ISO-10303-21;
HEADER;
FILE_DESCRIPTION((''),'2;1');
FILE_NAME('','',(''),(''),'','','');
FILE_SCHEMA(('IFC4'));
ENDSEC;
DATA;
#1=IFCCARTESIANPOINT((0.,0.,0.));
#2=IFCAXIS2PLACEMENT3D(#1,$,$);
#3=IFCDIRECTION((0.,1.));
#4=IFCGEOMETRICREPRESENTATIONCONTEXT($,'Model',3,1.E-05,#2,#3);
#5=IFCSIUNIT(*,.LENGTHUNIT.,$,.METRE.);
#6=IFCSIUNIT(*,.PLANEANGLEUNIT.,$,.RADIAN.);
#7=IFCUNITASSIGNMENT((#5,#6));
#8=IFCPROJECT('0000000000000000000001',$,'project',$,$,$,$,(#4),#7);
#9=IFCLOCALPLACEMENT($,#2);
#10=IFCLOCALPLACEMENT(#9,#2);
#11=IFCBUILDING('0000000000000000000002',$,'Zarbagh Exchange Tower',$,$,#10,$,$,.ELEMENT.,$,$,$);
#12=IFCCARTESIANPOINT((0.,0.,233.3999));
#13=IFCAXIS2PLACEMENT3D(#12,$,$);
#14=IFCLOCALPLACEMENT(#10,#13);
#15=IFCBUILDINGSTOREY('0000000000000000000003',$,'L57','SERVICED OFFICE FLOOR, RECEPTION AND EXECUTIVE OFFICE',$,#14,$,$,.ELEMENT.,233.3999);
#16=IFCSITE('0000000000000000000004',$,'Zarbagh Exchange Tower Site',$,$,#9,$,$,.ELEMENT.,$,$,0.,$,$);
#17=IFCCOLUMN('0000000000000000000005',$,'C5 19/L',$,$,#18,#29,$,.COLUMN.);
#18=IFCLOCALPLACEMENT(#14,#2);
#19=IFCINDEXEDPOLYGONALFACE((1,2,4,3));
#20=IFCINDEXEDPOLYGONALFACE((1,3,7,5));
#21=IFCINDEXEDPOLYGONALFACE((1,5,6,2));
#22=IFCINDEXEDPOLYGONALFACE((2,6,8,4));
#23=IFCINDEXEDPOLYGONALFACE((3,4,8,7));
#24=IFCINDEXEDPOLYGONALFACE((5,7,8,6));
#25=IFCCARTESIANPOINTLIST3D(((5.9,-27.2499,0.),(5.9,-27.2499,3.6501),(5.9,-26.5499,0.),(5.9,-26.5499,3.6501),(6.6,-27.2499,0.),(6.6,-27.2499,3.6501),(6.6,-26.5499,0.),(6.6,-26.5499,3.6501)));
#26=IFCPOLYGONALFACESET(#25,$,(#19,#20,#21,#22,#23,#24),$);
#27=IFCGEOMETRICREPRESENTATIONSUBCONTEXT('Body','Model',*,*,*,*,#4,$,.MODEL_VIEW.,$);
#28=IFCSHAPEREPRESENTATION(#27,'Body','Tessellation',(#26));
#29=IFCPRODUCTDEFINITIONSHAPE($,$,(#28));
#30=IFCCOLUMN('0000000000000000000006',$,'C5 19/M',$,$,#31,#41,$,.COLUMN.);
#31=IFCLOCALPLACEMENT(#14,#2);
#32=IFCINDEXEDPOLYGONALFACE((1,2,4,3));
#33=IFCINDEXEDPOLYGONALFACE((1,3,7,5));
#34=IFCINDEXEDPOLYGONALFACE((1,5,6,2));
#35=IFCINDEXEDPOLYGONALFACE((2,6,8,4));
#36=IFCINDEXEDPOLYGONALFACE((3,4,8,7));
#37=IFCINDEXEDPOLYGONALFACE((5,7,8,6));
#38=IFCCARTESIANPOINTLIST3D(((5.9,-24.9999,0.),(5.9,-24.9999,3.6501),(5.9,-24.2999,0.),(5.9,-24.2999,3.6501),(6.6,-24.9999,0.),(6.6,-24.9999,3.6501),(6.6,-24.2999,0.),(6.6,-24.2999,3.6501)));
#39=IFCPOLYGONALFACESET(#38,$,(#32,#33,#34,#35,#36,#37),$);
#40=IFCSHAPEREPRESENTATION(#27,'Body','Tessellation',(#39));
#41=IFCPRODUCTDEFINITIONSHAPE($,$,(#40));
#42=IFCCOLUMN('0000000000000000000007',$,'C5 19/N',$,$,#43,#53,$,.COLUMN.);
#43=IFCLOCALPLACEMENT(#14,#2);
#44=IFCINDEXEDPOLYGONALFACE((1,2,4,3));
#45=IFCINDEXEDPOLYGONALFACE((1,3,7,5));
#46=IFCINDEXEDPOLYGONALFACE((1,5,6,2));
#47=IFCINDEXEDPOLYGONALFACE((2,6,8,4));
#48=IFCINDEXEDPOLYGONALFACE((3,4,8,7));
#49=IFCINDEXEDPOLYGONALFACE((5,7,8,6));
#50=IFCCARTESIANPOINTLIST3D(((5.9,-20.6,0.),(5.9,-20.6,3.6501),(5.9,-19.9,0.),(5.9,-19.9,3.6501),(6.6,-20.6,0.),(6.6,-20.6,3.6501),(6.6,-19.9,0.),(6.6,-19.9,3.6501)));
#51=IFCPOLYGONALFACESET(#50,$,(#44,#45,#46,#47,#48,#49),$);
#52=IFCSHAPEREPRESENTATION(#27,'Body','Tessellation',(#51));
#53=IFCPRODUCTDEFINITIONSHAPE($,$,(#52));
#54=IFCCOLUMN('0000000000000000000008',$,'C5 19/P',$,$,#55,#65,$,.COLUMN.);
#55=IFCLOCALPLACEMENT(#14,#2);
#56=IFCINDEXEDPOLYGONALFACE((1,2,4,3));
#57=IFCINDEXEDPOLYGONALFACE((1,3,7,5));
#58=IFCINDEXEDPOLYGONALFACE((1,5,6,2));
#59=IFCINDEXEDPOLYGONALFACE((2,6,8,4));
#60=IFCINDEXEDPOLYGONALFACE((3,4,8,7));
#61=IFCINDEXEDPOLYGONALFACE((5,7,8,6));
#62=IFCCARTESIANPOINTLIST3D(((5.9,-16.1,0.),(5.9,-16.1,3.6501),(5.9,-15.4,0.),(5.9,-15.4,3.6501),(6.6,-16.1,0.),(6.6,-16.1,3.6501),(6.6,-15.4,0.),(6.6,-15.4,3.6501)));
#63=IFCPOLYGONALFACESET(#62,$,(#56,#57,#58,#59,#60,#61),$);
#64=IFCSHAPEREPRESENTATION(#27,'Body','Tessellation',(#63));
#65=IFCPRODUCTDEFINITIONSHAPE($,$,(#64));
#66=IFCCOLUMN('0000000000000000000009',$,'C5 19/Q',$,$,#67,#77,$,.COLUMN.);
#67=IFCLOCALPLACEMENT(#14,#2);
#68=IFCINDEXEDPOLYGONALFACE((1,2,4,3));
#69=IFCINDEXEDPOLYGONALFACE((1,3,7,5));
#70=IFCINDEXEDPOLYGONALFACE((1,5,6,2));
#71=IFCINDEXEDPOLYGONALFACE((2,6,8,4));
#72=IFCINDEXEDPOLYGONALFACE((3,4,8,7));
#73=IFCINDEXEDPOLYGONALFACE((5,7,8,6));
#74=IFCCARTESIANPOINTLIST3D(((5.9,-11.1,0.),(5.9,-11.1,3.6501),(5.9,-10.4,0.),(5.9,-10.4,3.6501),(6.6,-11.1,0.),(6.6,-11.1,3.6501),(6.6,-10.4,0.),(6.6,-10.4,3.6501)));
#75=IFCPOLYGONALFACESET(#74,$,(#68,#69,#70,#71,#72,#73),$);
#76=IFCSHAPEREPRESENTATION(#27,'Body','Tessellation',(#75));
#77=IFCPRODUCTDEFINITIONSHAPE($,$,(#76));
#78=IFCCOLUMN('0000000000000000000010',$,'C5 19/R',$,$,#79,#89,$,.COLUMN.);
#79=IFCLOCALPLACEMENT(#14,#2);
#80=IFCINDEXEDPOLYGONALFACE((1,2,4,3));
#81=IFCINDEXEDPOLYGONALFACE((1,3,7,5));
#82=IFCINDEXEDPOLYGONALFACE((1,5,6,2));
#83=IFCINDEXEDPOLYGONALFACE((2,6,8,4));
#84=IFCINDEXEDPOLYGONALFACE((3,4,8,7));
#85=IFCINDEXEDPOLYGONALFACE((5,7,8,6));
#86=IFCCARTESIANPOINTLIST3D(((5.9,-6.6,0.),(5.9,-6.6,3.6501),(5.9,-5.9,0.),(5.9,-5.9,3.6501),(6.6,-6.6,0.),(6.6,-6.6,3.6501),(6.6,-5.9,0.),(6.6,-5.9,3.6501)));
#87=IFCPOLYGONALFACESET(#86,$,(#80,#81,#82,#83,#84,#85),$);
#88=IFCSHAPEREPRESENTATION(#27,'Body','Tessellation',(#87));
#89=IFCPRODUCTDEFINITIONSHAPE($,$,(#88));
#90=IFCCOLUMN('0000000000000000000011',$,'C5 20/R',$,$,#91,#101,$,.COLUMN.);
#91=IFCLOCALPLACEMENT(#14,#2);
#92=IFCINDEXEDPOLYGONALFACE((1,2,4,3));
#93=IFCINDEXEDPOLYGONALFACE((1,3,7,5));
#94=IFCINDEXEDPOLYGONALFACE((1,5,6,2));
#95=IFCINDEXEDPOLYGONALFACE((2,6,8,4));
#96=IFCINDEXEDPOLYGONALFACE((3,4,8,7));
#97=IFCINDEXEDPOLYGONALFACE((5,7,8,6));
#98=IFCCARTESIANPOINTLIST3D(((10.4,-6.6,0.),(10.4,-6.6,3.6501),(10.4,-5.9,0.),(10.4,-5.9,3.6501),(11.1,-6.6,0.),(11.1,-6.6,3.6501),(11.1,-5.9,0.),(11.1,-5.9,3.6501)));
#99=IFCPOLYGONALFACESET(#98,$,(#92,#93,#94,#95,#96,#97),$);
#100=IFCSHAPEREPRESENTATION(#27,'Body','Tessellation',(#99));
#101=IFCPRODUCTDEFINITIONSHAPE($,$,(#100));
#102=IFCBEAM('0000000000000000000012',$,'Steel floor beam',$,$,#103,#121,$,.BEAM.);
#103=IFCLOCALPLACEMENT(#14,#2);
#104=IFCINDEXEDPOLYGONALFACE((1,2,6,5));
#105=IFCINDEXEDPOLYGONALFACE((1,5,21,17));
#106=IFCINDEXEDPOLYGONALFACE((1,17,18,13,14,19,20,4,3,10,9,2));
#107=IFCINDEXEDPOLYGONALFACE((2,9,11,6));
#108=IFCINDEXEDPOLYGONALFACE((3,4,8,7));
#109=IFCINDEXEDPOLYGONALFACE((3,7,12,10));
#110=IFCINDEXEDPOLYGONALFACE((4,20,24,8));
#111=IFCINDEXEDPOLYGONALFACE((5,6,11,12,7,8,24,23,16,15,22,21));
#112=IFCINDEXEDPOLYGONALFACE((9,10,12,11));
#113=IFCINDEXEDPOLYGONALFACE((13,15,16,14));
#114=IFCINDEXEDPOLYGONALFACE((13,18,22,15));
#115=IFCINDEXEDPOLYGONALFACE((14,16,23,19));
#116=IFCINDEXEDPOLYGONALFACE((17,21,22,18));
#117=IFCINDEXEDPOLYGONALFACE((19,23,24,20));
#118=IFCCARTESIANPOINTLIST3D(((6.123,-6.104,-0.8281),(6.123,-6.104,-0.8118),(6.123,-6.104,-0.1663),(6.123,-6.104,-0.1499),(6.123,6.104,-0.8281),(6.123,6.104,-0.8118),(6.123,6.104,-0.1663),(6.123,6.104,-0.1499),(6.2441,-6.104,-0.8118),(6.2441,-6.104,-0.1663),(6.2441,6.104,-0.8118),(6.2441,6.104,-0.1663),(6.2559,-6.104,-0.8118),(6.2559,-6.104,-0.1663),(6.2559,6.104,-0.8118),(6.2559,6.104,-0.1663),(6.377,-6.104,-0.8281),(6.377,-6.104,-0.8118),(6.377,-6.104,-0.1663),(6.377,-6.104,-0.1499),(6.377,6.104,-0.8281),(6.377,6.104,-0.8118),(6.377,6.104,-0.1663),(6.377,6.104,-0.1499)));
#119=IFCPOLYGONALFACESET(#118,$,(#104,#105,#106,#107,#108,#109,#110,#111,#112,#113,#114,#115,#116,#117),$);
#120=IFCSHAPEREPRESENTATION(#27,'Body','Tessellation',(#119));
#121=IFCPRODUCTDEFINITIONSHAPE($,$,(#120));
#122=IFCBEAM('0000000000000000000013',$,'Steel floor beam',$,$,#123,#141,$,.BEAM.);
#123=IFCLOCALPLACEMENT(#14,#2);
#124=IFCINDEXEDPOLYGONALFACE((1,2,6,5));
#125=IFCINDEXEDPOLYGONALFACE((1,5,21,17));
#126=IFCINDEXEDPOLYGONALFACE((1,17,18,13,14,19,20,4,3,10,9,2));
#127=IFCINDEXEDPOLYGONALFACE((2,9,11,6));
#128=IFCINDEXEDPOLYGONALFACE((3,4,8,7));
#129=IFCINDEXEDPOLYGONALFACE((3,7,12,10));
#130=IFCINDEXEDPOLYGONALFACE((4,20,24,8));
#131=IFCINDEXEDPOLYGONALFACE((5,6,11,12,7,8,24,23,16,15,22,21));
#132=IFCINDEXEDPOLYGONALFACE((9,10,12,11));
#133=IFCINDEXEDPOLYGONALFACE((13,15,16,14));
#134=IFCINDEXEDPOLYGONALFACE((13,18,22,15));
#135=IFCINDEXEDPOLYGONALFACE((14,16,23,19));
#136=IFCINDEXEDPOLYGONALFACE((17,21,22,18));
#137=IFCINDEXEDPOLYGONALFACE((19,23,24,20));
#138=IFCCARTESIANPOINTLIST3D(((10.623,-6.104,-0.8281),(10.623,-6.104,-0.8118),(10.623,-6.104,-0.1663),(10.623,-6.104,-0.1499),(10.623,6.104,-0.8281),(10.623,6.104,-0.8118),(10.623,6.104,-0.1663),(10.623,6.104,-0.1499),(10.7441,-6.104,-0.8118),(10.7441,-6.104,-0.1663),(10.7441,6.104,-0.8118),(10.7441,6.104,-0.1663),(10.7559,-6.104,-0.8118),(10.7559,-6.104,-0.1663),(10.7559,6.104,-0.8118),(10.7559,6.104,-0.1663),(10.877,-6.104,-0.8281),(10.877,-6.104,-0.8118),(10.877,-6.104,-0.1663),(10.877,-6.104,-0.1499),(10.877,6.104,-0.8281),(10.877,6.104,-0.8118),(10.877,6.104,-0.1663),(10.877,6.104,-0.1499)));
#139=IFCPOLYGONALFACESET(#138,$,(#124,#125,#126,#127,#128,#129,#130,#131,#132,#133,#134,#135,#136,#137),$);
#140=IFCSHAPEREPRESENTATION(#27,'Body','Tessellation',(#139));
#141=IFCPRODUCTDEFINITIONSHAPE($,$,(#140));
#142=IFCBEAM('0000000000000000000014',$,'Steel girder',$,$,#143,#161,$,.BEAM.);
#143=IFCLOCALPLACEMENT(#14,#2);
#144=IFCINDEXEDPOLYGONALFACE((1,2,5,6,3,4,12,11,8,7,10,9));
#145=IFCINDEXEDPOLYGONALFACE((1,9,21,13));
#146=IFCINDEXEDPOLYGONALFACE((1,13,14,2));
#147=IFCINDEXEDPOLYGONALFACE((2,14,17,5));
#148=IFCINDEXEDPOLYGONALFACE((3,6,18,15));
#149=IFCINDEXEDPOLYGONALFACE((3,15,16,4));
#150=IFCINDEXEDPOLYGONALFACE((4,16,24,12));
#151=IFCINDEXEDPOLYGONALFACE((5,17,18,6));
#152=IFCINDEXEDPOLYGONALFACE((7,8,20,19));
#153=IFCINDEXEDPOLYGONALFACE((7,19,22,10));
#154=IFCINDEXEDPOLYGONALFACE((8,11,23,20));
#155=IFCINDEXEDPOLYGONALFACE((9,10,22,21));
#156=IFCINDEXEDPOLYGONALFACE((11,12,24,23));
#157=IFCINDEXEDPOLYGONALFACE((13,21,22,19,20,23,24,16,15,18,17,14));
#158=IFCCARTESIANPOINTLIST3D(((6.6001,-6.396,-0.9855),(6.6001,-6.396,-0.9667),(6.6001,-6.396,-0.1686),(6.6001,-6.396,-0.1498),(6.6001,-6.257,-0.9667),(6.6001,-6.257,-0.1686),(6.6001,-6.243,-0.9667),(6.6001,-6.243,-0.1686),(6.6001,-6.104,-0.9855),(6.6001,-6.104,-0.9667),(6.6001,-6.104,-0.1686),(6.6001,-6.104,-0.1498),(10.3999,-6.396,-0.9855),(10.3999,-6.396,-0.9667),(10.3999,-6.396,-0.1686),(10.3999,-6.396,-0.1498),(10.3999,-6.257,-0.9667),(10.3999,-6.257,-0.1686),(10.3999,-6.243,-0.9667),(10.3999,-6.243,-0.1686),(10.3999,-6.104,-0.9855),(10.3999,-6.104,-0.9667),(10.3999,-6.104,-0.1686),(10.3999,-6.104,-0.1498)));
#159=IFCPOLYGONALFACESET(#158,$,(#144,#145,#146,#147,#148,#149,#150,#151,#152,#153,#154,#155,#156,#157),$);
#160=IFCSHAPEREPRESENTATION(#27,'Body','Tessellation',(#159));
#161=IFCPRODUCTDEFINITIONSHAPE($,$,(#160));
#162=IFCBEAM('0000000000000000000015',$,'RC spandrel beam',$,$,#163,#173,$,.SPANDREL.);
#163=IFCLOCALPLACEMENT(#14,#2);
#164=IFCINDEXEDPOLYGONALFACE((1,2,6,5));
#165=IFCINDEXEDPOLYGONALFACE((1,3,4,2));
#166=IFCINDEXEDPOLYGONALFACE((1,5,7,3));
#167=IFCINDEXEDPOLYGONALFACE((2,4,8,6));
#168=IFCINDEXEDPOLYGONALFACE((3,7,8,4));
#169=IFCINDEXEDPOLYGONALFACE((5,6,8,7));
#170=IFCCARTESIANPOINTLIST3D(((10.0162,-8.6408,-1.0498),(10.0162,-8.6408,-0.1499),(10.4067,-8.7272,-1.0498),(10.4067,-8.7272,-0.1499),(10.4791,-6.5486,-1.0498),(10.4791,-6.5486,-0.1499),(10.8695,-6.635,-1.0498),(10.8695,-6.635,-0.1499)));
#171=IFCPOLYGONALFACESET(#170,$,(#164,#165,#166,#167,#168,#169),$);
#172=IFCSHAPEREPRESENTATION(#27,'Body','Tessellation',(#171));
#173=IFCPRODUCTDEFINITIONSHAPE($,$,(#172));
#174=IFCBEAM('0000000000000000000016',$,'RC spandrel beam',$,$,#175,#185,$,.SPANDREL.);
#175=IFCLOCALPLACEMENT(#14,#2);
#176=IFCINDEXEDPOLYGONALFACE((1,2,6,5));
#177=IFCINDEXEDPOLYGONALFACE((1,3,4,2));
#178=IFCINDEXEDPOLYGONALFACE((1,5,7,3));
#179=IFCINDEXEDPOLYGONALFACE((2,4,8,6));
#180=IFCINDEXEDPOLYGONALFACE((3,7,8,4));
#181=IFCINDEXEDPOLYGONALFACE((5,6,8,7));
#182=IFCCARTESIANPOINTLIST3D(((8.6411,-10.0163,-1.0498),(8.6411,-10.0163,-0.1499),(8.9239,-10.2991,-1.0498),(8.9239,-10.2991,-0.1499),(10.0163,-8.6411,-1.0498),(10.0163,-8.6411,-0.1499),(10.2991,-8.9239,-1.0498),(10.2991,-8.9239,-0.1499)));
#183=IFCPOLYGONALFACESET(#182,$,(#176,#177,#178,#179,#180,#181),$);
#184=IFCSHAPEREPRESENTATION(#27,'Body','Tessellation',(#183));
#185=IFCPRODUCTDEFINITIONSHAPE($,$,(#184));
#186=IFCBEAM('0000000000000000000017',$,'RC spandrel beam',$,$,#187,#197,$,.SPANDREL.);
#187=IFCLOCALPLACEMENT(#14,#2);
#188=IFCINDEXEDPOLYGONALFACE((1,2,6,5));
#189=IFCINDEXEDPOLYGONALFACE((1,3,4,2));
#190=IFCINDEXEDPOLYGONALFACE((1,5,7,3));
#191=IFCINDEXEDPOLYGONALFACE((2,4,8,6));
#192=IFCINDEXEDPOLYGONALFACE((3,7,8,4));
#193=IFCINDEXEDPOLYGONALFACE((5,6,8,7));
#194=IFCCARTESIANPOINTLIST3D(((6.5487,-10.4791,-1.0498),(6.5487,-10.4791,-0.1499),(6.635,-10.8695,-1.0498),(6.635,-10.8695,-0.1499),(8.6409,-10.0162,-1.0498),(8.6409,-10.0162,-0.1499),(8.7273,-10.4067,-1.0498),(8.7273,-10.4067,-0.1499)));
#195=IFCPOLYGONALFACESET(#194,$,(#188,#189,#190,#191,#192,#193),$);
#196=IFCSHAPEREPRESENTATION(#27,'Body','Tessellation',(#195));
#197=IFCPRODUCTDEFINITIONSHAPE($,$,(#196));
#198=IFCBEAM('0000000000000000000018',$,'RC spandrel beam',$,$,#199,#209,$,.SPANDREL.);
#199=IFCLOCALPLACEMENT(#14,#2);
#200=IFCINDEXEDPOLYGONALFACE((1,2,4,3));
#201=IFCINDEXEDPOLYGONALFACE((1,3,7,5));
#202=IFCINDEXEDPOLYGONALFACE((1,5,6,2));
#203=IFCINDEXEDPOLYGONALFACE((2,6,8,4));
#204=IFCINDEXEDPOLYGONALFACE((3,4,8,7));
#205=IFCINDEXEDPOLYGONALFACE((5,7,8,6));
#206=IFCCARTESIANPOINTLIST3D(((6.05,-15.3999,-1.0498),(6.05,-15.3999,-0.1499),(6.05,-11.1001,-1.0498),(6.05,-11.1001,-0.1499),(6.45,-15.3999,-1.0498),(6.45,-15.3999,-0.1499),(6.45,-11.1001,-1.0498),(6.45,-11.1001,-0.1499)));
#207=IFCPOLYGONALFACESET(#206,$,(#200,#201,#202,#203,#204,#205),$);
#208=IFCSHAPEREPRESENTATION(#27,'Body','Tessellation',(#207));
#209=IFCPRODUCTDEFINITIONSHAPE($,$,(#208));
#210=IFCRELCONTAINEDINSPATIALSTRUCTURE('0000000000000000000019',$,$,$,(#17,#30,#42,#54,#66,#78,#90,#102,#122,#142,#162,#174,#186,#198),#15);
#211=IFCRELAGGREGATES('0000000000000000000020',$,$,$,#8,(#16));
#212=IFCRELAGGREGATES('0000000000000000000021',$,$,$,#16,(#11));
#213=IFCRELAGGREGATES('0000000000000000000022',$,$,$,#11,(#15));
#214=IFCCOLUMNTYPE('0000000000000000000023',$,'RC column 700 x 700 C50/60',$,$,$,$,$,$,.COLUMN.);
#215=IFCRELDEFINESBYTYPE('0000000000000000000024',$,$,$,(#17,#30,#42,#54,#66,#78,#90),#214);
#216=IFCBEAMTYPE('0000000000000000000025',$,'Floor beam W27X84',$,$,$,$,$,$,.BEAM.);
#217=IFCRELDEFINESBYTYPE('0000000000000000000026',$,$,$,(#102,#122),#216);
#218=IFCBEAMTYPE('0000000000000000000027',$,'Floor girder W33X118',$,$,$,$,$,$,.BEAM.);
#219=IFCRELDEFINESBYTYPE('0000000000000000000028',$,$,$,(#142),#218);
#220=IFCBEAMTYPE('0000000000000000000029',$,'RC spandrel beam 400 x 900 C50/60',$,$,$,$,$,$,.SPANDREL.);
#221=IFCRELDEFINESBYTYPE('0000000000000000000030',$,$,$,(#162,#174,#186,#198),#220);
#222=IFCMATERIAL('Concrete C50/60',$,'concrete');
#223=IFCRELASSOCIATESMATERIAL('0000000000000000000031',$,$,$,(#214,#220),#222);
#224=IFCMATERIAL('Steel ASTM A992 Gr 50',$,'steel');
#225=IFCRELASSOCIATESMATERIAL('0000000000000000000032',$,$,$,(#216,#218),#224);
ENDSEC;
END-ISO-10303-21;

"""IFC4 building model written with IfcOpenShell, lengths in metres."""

from ifc_helpers import new_model, si_unit, direction, frame, origin, origin_2d, place, context, subcontext, project, spatial, rectangle, i_section, extrude, material, material_profile, profile_set, type_object, element, save


model = new_model("IFC4")

# Units and contexts
model_context = context("Model", 3, precision=1e-05, world=origin(), true_north=direction((0.0, 1.0)))
body_context = subcontext(model_context, "Body", "Model", "MODEL_VIEW")
ifc_project = project(units=[si_unit("LENGTHUNIT", "METRE"), si_unit("PLANEANGLEUNIT", "RADIAN")], contexts=[model_context])

# Site, building, storey
site_placement = place(None, origin())
site = spatial("IfcSite", under=ifc_project, at=site_placement, Name="Zarbagh Exchange Tower Site", CompositionType="ELEMENT", RefElevation=0.0)
building_placement = place(site_placement, origin())
building = spatial("IfcBuilding", under=site, at=building_placement, Name="Zarbagh Exchange Tower", CompositionType="ELEMENT")
storey_placement = place(building_placement, frame((0.0, 0.0, 233.3999)))
storey = spatial("IfcBuildingStorey", under=building, at=storey_placement, Name="L57", Description="SERVICED OFFICE FLOOR, RECEPTION AND EXECUTIVE OFFICE", CompositionType="ELEMENT", Elevation=233.3999)

# Columns
ifc_material_1 = material(Name="Concrete C50/60", Category="concrete")
ifc_material_profile_1 = material_profile(ifc_material_1, rectangle(XDim=0.7, YDim=0.7, at=origin_2d()), Name="RC column 700 x 700 C50/60")
ifc_profile_set_1 = profile_set([ifc_material_profile_1], Name="Concrete C50/60")
column_type = type_object("IfcColumnType", Name="RC column 700 x 700 C50/60", PredefinedType="COLUMN", material=ifc_profile_set_1)
for number, where, z_axis, x_axis, name in (
    (1, (6.25, -26.8999, 0.0), (0.0, 0.0, 1.0), (1.0, 0.0, 0.0), "C5 19/L"),
    (2, (6.25, -24.6499, 0.0), (0.0, 0.0, 1.0), (1.0, 0.0, 0.0), "C5 19/M"),
    (3, (6.25, -20.25, 0.0), (0.0, 0.0, 1.0), (1.0, 0.0, 0.0), "C5 19/N"),
    (4, (6.25, -15.75, 0.0), (0.0, 0.0, 1.0), (1.0, 0.0, 0.0), "C5 19/P"),
    (5, (6.25, -10.75, 0.0), (0.0, 0.0, 1.0), (1.0, 0.0, 0.0), "C5 19/Q"),
    (6, (6.25, -6.25, 0.0), (0.0, 0.0, 1.0), (1.0, 0.0, 0.0), "C5 19/R"),
    (7, (10.75, -6.25, 0.0), (0.0, 0.0, 1.0), (1.0, 0.0, 0.0), "C5 20/R"),
):
    element("IfcColumn", number, at=place(storey_placement, frame(where, z_axis=z_axis, x_axis=x_axis)), inside=storey, type_object=column_type, Name=name, PredefinedType="COLUMN", context=body_context, shape_type="SweptSolid", body=[
        extrude(rectangle(XDim=0.7, YDim=0.7, at=origin_2d()), origin(), (0.0, 0.0, 1.0), 3.6501),
    ])

# Beams
ifc_material_2 = material(Name="Steel ASTM A992 Gr 50", Category="steel")
ifc_material_profile_2 = material_profile(ifc_material_2, i_section(OverallWidth=0.2539, OverallDepth=0.6782, WebThickness=0.0117, FlangeThickness=0.0164, at=origin_2d()), Name="W27X84")
ifc_profile_set_2 = profile_set([ifc_material_profile_2], Name="Steel ASTM A992 Gr 50")
beam_type_1 = type_object("IfcBeamType", Name="Floor beam W27X84", PredefinedType="BEAM", material=ifc_profile_set_2)
for number, where, z_axis, x_axis, name in (
    (8, (6.25, -6.104, -0.489), (0.0, 1.0, 0.0), (-1.0, 0.0, 0.0), "Steel floor beam"),
    (9, (10.75, -6.104, -0.489), (0.0, 1.0, 0.0), (-1.0, 0.0, 0.0), "Steel floor beam"),
):
    element("IfcBeam", number, at=place(storey_placement, frame(where, z_axis=z_axis, x_axis=x_axis)), inside=storey, type_object=beam_type_1, Name=name, PredefinedType="BEAM", context=body_context, shape_type="SweptSolid", body=[
        extrude(i_section(OverallWidth=0.2539, OverallDepth=0.6782, WebThickness=0.0117, FlangeThickness=0.0164, at=origin_2d()), origin(), (0.0, 0.0, 1.0), 12.208),
    ])
ifc_material_profile_3 = material_profile(ifc_material_2, i_section(OverallWidth=0.292, OverallDepth=0.8357, WebThickness=0.0139, FlangeThickness=0.0188, at=origin_2d()), Name="W33X118")
ifc_profile_set_3 = profile_set([ifc_material_profile_3], Name="Steel ASTM A992 Gr 50")
beam_type_2 = type_object("IfcBeamType", Name="Floor girder W33X118", PredefinedType="BEAM", material=ifc_profile_set_3)
beam_1_placement = place(storey_placement, frame((6.6001, -6.25, -0.5676), z_axis=(1.0, 0.0, 0.0), x_axis=(0.0, 1.0, 0.0)))
element("IfcBeam", 10, at=beam_1_placement, inside=storey, type_object=beam_type_2, Name="Steel girder", PredefinedType="BEAM", context=body_context, shape_type="SweptSolid", body=[
    extrude(i_section(OverallWidth=0.292, OverallDepth=0.8357, WebThickness=0.0139, FlangeThickness=0.0188, at=origin_2d()), origin(), (0.0, 0.0, 1.0), 3.7998),
])
ifc_material_profile_4 = material_profile(ifc_material_1, rectangle(XDim=0.3999, YDim=0.8999, at=origin_2d()), Name="RC spandrel beam 400 x 900 C50/60")
ifc_profile_set_4 = profile_set([ifc_material_profile_4], Name="Concrete C50/60")
beam_type_3 = type_object("IfcBeamType", Name="RC spandrel beam 400 x 900 C50/60", PredefinedType="SPANDREL", material=ifc_profile_set_4)
beam_2_placement = place(storey_placement, frame((10.6743, -6.5918, -0.5999), z_axis=(-0.216014, -0.97639, 0.0), x_axis=(0.97639, -0.216014, 0.0)))
element("IfcBeam", 11, at=beam_2_placement, inside=storey, type_object=beam_type_3, Name="RC spandrel beam", PredefinedType="SPANDREL", context=body_context, shape_type="SweptSolid", body=[
    extrude(rectangle(XDim=0.3999, YDim=0.8999, at=origin_2d()), origin(), (0.0, 0.0, 1.0), 2.1428),
])
beam_3_placement = place(storey_placement, frame((10.1577, -8.7825, -0.5999), z_axis=(-0.707107, -0.707107, 0.0), x_axis=(0.707107, -0.707107, 0.0)))
element("IfcBeam", 12, at=beam_3_placement, inside=storey, type_object=beam_type_3, Name="RC spandrel beam", PredefinedType="SPANDREL", context=body_context, shape_type="SweptSolid", body=[
    extrude(rectangle(XDim=0.3999, YDim=0.8999, at=origin_2d()), origin(), (0.0, 0.0, 1.0), 1.9448),
])
beam_4_placement = place(storey_placement, frame((8.6841, -10.2114, -0.5999), z_axis=(-0.97639, -0.216014, 0.0), x_axis=(0.216014, -0.97639, 0.0)))
element("IfcBeam", 13, at=beam_4_placement, inside=storey, type_object=beam_type_3, Name="RC spandrel beam", PredefinedType="SPANDREL", context=body_context, shape_type="SweptSolid", body=[
    extrude(rectangle(XDim=0.3999, YDim=0.8999, at=origin_2d()), origin(), (0.0, 0.0, 1.0), 2.1428),
])
beam_5_placement = place(storey_placement, frame((6.25, -11.1001, -0.5999), z_axis=(0.0, -1.0, 0.0), x_axis=(1.0, 0.0, 0.0)))
element("IfcBeam", 14, at=beam_5_placement, inside=storey, type_object=beam_type_3, Name="RC spandrel beam", PredefinedType="SPANDREL", context=body_context, shape_type="SweptSolid", body=[
    extrude(rectangle(XDim=0.3999, YDim=0.8999, at=origin_2d()), origin(), (0.0, 0.0, 1.0), 4.2998),
])

save(model, "model.ifc")
